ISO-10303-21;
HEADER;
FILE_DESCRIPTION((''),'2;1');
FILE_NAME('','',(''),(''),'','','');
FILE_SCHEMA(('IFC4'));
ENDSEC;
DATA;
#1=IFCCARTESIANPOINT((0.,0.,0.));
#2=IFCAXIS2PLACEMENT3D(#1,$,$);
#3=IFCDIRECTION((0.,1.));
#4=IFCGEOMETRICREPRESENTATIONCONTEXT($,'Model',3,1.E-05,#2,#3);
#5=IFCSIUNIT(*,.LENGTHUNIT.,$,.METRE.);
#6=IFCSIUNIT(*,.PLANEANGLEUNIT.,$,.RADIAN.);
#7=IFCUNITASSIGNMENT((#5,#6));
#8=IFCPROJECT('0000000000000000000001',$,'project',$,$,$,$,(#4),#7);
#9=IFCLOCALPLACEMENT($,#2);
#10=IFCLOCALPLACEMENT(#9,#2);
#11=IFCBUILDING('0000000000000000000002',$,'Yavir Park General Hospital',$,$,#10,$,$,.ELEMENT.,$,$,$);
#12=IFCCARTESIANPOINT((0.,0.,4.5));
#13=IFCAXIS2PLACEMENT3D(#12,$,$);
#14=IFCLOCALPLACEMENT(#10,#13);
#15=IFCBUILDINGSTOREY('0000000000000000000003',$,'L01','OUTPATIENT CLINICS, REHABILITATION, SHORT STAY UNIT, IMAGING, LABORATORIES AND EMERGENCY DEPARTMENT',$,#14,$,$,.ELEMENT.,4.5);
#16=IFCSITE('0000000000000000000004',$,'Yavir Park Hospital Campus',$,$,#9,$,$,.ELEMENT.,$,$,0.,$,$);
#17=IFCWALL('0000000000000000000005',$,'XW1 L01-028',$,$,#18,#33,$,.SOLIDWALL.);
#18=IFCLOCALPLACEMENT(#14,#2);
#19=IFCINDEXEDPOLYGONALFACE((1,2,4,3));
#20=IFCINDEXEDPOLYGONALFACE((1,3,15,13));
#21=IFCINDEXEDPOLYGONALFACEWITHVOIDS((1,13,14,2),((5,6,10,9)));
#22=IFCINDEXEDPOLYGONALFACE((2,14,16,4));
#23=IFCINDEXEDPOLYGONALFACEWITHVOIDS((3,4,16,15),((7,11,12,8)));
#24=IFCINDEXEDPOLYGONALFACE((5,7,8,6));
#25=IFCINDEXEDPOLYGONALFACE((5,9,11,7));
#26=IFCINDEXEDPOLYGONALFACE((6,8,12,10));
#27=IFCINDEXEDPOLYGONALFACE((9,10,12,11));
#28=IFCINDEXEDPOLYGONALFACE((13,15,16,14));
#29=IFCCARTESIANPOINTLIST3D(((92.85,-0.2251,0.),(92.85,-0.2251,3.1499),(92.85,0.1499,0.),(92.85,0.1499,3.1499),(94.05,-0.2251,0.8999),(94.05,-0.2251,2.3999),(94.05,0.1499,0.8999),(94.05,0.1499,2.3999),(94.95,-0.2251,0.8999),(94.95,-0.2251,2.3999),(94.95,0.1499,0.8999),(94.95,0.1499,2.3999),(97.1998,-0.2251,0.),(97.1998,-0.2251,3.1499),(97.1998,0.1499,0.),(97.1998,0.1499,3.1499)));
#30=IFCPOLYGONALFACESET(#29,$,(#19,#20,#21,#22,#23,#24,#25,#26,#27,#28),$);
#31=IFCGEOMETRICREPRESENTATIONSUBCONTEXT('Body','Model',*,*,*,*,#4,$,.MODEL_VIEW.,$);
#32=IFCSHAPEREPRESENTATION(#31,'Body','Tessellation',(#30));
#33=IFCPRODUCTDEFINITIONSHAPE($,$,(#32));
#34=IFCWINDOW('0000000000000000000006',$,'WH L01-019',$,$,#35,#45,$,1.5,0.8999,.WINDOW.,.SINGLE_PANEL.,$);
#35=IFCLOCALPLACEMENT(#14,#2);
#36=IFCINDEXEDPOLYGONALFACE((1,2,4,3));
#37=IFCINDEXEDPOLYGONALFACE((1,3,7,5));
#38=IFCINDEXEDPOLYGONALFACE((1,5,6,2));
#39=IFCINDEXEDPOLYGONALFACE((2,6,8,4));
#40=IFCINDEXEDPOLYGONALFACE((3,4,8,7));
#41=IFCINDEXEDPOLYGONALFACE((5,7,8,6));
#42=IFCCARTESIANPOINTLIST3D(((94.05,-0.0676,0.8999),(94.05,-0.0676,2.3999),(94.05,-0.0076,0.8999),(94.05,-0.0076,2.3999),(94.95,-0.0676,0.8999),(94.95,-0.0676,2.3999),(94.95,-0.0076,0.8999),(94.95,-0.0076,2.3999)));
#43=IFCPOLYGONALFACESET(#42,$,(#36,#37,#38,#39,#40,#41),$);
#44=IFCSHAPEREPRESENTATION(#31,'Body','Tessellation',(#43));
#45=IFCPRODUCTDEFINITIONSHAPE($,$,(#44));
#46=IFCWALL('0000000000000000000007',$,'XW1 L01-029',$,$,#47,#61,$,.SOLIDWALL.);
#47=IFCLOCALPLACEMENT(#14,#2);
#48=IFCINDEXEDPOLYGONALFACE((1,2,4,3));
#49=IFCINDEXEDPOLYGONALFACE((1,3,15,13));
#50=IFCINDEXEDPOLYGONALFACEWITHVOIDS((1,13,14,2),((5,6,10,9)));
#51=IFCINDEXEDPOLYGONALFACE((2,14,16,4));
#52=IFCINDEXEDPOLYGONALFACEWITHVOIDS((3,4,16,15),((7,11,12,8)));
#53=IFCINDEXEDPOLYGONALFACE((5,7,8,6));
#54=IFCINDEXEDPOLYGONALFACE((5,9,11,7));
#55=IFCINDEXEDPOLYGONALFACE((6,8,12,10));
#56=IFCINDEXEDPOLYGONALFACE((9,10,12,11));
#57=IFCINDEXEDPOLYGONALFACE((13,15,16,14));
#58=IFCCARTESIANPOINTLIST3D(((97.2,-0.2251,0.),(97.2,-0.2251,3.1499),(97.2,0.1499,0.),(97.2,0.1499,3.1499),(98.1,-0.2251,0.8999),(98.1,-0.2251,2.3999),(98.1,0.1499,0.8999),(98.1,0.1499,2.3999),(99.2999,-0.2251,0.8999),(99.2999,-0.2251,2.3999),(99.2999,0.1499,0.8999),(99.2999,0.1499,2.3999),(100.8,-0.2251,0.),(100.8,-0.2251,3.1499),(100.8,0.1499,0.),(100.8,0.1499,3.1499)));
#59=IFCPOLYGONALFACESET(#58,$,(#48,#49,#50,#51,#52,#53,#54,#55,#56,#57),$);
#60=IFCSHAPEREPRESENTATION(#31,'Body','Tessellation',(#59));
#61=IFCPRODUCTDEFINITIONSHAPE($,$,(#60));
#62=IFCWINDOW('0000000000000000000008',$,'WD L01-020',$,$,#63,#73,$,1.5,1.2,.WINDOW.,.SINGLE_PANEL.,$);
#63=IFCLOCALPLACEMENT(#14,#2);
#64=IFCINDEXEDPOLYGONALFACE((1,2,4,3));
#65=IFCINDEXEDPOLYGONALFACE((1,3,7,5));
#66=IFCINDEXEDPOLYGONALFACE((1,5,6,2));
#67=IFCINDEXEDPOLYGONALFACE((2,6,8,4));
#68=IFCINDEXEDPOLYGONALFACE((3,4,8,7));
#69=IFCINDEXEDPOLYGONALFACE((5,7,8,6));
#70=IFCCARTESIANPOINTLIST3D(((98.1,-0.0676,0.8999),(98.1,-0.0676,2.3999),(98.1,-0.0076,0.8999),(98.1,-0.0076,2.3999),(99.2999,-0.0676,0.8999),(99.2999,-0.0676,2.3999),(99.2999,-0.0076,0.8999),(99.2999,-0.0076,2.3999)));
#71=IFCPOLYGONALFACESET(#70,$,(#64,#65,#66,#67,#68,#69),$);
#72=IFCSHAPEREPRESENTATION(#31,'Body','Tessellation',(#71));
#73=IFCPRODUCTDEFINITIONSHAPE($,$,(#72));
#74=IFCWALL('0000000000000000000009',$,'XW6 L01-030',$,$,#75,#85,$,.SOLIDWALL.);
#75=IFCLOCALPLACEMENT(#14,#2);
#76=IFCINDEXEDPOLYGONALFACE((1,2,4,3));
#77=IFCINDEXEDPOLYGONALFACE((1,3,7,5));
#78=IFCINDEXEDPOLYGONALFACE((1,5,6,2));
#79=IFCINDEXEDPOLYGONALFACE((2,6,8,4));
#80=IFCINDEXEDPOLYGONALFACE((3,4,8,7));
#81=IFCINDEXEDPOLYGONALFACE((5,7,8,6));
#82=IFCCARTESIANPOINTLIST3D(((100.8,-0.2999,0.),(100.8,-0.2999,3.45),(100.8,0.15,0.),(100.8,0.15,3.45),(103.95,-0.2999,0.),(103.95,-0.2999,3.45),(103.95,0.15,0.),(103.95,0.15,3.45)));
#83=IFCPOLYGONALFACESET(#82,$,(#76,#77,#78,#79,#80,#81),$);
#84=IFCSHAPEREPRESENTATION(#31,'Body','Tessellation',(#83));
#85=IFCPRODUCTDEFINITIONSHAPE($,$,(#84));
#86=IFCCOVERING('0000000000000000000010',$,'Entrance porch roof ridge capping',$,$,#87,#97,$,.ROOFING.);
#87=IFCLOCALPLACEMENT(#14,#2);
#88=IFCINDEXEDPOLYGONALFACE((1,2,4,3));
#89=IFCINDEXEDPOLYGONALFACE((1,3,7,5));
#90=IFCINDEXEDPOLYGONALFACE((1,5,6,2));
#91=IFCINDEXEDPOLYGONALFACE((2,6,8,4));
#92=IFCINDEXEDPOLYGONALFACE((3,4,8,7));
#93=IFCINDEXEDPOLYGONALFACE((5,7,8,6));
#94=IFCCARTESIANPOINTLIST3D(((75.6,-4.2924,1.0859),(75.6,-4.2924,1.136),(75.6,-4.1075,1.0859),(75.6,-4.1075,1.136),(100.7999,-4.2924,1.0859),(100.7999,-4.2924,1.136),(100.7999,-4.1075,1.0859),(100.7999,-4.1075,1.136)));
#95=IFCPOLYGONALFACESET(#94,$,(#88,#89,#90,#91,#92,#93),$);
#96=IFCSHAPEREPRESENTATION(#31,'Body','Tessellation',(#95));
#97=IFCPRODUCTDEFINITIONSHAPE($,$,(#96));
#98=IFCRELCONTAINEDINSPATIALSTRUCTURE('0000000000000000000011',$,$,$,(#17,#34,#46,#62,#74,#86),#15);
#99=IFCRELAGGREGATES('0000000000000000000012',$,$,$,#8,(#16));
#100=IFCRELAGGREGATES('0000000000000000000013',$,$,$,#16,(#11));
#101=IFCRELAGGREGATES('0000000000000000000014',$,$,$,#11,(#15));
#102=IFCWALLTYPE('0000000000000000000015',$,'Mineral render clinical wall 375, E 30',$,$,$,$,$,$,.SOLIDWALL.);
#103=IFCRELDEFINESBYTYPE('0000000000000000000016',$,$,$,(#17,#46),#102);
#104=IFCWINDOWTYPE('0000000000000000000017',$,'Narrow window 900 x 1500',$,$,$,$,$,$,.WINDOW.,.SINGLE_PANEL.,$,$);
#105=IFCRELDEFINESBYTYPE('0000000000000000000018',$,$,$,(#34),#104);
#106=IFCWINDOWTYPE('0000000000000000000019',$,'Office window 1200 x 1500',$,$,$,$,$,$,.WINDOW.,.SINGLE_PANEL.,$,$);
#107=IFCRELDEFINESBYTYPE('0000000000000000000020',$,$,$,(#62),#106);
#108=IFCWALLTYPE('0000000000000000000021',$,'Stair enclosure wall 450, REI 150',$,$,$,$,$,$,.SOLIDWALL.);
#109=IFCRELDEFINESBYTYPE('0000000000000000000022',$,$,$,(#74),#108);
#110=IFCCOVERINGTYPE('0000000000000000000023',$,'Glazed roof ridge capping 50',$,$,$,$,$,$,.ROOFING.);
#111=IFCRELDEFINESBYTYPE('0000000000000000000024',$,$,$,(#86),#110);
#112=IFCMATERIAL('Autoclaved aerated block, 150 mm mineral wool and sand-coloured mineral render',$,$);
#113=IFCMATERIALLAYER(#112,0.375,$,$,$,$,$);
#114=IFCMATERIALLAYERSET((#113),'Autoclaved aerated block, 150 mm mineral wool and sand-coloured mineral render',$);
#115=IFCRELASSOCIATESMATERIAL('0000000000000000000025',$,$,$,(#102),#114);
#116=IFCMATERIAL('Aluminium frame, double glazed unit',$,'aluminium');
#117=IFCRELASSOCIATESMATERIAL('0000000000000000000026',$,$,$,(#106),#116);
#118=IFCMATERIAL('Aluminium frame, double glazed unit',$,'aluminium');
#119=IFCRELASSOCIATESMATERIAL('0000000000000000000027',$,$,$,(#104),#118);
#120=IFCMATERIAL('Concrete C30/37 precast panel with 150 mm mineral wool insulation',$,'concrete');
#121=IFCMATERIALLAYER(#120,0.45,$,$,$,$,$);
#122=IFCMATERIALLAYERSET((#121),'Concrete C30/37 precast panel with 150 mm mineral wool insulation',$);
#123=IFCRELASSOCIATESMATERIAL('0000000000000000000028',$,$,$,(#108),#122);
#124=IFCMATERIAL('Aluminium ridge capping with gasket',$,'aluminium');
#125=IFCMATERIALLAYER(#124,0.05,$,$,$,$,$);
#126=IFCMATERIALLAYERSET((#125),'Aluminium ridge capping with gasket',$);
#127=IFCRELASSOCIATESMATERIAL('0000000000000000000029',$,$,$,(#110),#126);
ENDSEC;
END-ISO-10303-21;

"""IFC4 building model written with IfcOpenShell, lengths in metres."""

from ifc_helpers import new_model, si_unit, direction, frame, frame_2d, origin, origin_2d, place, context, subcontext, project, spatial, rectangle, extrude, material, layer, layer_set, type_object, element, fill, save


model = new_model("IFC4")

# Units and contexts
model_context = context("Model", 3, precision=1e-05, world=origin(), true_north=direction((0.0, 1.0)))
body_context = subcontext(model_context, "Body", "Model", "MODEL_VIEW")
ifc_project = project(units=[si_unit("LENGTHUNIT", "METRE"), si_unit("PLANEANGLEUNIT", "RADIAN")], contexts=[model_context])

# Site, building, storey
site_placement = place(None, origin())
site = spatial("IfcSite", under=ifc_project, at=site_placement, Name="Yavir Park Hospital Campus", CompositionType="ELEMENT", RefElevation=0.0)
building_placement = place(site_placement, origin())
building = spatial("IfcBuilding", under=site, at=building_placement, Name="Yavir Park General Hospital", CompositionType="ELEMENT")
storey_placement = place(building_placement, frame((0.0, 0.0, 4.5)))
storey = spatial("IfcBuildingStorey", under=building, at=storey_placement, Name="L01", Description="OUTPATIENT CLINICS, REHABILITATION, SHORT STAY UNIT, IMAGING, LABORATORIES AND EMERGENCY DEPARTMENT", CompositionType="ELEMENT", Elevation=4.5)

# Walls, openings, windows
ifc_material_1 = material(Name="Autoclaved aerated block, 150 mm mineral wool and sand-coloured mineral render")
ifc_layer_1 = layer(ifc_material_1, 0.375)
ifc_layer_set_1 = layer_set([ifc_layer_1], Name="Autoclaved aerated block, 150 mm mineral wool and sand-coloured mineral render")
wall_type_1 = type_object("IfcWallType", Name="Mineral render clinical wall 375, E 30", PredefinedType="SOLIDWALL", material=ifc_layer_set_1)
ifc_material_2 = material(Name="Aluminium frame, double glazed unit", Category="aluminium")
window_type_1 = type_object("IfcWindowType", Name="Office window 1200 x 1500", PartitioningType="SINGLE_PANEL", PredefinedType="WINDOW", material=ifc_material_2)
wall_1_placement = place(storey_placement, frame((92.8501, -0.0376, 0.0), z_axis=(0.0, 0.0, 1.0), x_axis=(1.0, 0.0, 0.0)))
wall_1 = element("IfcWall", 1, at=wall_1_placement, inside=storey, type_object=wall_type_1, Name="XW1 L01-028", PredefinedType="SOLIDWALL", context=body_context, shape_type="SweptSolid", body=[
    extrude(rectangle(XDim=4.3499, YDim=0.375, at=frame_2d((2.1748, 0.0))), origin(), (0.0, 0.0, 1.0), 3.1499),
])
opening_1_placement = place(wall_1_placement, frame((1.2, 0.0, 0.8999)))
opening_1 = element("IfcOpeningElement", 2, at=opening_1_placement, cuts=wall_1, PredefinedType="OPENING", context=body_context, shape_type="SweptSolid", body=[
    extrude(rectangle(XDim=0.8999, YDim=1.5, at=frame_2d((0.45, 0.75))), frame((0.0, 0.1975, 0.0), z_axis=(0.0, -1.0, 0.0), x_axis=(1.0, 0.0, 0.0)), (0.0, 0.0, 1.0), 0.395),
])
ifc_material_3 = material(Name="Aluminium frame, double glazed unit", Category="aluminium")
window_type_2 = type_object("IfcWindowType", Name="Narrow window 900 x 1500", PartitioningType="SINGLE_PANEL", PredefinedType="WINDOW", material=ifc_material_3)
window_1_placement = place(opening_1_placement, origin())
window_1 = element("IfcWindow", 3, at=window_1_placement, inside=storey, type_object=window_type_2, Name="WH L01-019", OverallHeight=1.5, OverallWidth=0.8999, PartitioningType="SINGLE_PANEL", PredefinedType="WINDOW", context=body_context, shape_type="SweptSolid", body=[
    extrude(rectangle(XDim=0.8999, YDim=1.5, at=frame_2d((0.45, 0.75))), frame((0.0, 0.03, 0.0), z_axis=(0.0, -1.0, 0.0), x_axis=(1.0, 0.0, 0.0)), (0.0, 0.0, 1.0), 0.0601),
])
fill(opening_1, window_1)
wall_2_placement = place(storey_placement, frame((97.2, -0.0376, 0.0), z_axis=(0.0, 0.0, 1.0), x_axis=(1.0, 0.0, 0.0)))
wall_2 = element("IfcWall", 4, at=wall_2_placement, inside=storey, type_object=wall_type_1, Name="XW1 L01-029", PredefinedType="SOLIDWALL", context=body_context, shape_type="SweptSolid", body=[
    extrude(rectangle(XDim=3.6001, YDim=0.375, at=frame_2d((1.8, 0.0))), origin(), (0.0, 0.0, 1.0), 3.1499),
])
opening_2_placement = place(wall_2_placement, frame((0.8999, 0.0, 0.8999)))
opening_2 = element("IfcOpeningElement", 5, at=opening_2_placement, cuts=wall_2, PredefinedType="OPENING", context=body_context, shape_type="SweptSolid", body=[
    extrude(rectangle(XDim=1.2, YDim=1.5, at=frame_2d((0.6001, 0.75))), frame((0.0, 0.1975, 0.0), z_axis=(0.0, -1.0, 0.0), x_axis=(1.0, 0.0, 0.0)), (0.0, 0.0, 1.0), 0.395),
])
window_2_placement = place(opening_2_placement, origin())
window_2 = element("IfcWindow", 6, at=window_2_placement, inside=storey, type_object=window_type_1, Name="WD L01-020", OverallHeight=1.5, OverallWidth=1.2, PartitioningType="SINGLE_PANEL", PredefinedType="WINDOW", context=body_context, shape_type="SweptSolid", body=[
    extrude(rectangle(XDim=1.2, YDim=1.5, at=frame_2d((0.6001, 0.75))), frame((0.0, 0.03, 0.0), z_axis=(0.0, -1.0, 0.0), x_axis=(1.0, 0.0, 0.0)), (0.0, 0.0, 1.0), 0.0601),
])
fill(opening_2, window_2)

# Wall
ifc_material_4 = material(Name="Concrete C30/37 precast panel with 150 mm mineral wool insulation", Category="concrete")
ifc_layer_2 = layer(ifc_material_4, 0.45)
ifc_layer_set_2 = layer_set([ifc_layer_2], Name="Concrete C30/37 precast panel with 150 mm mineral wool insulation")
wall_type_2 = type_object("IfcWallType", Name="Stair enclosure wall 450, REI 150", PredefinedType="SOLIDWALL", material=ifc_layer_set_2)
wall_3_placement = place(storey_placement, frame((100.8, -0.075, 0.0), z_axis=(0.0, 0.0, 1.0), x_axis=(1.0, 0.0, 0.0)))
element("IfcWall", 7, at=wall_3_placement, inside=storey, type_object=wall_type_2, Name="XW6 L01-030", PredefinedType="SOLIDWALL", context=body_context, shape_type="SweptSolid", body=[
    extrude(rectangle(XDim=3.1499, YDim=0.45, at=frame_2d((1.575, 0.0))), origin(), (0.0, 0.0, 1.0), 3.45),
])

# Covering
ifc_material_5 = material(Name="Aluminium ridge capping with gasket", Category="aluminium")
ifc_layer_3 = layer(ifc_material_5, 0.05)
ifc_layer_set_3 = layer_set([ifc_layer_3], Name="Aluminium ridge capping with gasket")
covering_type = type_object("IfcCoveringType", Name="Glazed roof ridge capping 50", PredefinedType="ROOFING", material=ifc_layer_set_3)
covering_placement = place(storey_placement, frame((88.2, -4.2, 1.0859), z_axis=(0.0, 0.0, 1.0), x_axis=(1.0, 0.0, 0.0)))
element("IfcCovering", 8, at=covering_placement, inside=storey, type_object=covering_type, Name="Entrance porch roof ridge capping", PredefinedType="ROOFING", context=body_context, shape_type="SweptSolid", body=[
    extrude(rectangle(XDim=25.2, YDim=0.1848, at=origin_2d()), origin(), (0.0, 0.0, 1.0), 0.05),
])

save(model, "model.ifc")
